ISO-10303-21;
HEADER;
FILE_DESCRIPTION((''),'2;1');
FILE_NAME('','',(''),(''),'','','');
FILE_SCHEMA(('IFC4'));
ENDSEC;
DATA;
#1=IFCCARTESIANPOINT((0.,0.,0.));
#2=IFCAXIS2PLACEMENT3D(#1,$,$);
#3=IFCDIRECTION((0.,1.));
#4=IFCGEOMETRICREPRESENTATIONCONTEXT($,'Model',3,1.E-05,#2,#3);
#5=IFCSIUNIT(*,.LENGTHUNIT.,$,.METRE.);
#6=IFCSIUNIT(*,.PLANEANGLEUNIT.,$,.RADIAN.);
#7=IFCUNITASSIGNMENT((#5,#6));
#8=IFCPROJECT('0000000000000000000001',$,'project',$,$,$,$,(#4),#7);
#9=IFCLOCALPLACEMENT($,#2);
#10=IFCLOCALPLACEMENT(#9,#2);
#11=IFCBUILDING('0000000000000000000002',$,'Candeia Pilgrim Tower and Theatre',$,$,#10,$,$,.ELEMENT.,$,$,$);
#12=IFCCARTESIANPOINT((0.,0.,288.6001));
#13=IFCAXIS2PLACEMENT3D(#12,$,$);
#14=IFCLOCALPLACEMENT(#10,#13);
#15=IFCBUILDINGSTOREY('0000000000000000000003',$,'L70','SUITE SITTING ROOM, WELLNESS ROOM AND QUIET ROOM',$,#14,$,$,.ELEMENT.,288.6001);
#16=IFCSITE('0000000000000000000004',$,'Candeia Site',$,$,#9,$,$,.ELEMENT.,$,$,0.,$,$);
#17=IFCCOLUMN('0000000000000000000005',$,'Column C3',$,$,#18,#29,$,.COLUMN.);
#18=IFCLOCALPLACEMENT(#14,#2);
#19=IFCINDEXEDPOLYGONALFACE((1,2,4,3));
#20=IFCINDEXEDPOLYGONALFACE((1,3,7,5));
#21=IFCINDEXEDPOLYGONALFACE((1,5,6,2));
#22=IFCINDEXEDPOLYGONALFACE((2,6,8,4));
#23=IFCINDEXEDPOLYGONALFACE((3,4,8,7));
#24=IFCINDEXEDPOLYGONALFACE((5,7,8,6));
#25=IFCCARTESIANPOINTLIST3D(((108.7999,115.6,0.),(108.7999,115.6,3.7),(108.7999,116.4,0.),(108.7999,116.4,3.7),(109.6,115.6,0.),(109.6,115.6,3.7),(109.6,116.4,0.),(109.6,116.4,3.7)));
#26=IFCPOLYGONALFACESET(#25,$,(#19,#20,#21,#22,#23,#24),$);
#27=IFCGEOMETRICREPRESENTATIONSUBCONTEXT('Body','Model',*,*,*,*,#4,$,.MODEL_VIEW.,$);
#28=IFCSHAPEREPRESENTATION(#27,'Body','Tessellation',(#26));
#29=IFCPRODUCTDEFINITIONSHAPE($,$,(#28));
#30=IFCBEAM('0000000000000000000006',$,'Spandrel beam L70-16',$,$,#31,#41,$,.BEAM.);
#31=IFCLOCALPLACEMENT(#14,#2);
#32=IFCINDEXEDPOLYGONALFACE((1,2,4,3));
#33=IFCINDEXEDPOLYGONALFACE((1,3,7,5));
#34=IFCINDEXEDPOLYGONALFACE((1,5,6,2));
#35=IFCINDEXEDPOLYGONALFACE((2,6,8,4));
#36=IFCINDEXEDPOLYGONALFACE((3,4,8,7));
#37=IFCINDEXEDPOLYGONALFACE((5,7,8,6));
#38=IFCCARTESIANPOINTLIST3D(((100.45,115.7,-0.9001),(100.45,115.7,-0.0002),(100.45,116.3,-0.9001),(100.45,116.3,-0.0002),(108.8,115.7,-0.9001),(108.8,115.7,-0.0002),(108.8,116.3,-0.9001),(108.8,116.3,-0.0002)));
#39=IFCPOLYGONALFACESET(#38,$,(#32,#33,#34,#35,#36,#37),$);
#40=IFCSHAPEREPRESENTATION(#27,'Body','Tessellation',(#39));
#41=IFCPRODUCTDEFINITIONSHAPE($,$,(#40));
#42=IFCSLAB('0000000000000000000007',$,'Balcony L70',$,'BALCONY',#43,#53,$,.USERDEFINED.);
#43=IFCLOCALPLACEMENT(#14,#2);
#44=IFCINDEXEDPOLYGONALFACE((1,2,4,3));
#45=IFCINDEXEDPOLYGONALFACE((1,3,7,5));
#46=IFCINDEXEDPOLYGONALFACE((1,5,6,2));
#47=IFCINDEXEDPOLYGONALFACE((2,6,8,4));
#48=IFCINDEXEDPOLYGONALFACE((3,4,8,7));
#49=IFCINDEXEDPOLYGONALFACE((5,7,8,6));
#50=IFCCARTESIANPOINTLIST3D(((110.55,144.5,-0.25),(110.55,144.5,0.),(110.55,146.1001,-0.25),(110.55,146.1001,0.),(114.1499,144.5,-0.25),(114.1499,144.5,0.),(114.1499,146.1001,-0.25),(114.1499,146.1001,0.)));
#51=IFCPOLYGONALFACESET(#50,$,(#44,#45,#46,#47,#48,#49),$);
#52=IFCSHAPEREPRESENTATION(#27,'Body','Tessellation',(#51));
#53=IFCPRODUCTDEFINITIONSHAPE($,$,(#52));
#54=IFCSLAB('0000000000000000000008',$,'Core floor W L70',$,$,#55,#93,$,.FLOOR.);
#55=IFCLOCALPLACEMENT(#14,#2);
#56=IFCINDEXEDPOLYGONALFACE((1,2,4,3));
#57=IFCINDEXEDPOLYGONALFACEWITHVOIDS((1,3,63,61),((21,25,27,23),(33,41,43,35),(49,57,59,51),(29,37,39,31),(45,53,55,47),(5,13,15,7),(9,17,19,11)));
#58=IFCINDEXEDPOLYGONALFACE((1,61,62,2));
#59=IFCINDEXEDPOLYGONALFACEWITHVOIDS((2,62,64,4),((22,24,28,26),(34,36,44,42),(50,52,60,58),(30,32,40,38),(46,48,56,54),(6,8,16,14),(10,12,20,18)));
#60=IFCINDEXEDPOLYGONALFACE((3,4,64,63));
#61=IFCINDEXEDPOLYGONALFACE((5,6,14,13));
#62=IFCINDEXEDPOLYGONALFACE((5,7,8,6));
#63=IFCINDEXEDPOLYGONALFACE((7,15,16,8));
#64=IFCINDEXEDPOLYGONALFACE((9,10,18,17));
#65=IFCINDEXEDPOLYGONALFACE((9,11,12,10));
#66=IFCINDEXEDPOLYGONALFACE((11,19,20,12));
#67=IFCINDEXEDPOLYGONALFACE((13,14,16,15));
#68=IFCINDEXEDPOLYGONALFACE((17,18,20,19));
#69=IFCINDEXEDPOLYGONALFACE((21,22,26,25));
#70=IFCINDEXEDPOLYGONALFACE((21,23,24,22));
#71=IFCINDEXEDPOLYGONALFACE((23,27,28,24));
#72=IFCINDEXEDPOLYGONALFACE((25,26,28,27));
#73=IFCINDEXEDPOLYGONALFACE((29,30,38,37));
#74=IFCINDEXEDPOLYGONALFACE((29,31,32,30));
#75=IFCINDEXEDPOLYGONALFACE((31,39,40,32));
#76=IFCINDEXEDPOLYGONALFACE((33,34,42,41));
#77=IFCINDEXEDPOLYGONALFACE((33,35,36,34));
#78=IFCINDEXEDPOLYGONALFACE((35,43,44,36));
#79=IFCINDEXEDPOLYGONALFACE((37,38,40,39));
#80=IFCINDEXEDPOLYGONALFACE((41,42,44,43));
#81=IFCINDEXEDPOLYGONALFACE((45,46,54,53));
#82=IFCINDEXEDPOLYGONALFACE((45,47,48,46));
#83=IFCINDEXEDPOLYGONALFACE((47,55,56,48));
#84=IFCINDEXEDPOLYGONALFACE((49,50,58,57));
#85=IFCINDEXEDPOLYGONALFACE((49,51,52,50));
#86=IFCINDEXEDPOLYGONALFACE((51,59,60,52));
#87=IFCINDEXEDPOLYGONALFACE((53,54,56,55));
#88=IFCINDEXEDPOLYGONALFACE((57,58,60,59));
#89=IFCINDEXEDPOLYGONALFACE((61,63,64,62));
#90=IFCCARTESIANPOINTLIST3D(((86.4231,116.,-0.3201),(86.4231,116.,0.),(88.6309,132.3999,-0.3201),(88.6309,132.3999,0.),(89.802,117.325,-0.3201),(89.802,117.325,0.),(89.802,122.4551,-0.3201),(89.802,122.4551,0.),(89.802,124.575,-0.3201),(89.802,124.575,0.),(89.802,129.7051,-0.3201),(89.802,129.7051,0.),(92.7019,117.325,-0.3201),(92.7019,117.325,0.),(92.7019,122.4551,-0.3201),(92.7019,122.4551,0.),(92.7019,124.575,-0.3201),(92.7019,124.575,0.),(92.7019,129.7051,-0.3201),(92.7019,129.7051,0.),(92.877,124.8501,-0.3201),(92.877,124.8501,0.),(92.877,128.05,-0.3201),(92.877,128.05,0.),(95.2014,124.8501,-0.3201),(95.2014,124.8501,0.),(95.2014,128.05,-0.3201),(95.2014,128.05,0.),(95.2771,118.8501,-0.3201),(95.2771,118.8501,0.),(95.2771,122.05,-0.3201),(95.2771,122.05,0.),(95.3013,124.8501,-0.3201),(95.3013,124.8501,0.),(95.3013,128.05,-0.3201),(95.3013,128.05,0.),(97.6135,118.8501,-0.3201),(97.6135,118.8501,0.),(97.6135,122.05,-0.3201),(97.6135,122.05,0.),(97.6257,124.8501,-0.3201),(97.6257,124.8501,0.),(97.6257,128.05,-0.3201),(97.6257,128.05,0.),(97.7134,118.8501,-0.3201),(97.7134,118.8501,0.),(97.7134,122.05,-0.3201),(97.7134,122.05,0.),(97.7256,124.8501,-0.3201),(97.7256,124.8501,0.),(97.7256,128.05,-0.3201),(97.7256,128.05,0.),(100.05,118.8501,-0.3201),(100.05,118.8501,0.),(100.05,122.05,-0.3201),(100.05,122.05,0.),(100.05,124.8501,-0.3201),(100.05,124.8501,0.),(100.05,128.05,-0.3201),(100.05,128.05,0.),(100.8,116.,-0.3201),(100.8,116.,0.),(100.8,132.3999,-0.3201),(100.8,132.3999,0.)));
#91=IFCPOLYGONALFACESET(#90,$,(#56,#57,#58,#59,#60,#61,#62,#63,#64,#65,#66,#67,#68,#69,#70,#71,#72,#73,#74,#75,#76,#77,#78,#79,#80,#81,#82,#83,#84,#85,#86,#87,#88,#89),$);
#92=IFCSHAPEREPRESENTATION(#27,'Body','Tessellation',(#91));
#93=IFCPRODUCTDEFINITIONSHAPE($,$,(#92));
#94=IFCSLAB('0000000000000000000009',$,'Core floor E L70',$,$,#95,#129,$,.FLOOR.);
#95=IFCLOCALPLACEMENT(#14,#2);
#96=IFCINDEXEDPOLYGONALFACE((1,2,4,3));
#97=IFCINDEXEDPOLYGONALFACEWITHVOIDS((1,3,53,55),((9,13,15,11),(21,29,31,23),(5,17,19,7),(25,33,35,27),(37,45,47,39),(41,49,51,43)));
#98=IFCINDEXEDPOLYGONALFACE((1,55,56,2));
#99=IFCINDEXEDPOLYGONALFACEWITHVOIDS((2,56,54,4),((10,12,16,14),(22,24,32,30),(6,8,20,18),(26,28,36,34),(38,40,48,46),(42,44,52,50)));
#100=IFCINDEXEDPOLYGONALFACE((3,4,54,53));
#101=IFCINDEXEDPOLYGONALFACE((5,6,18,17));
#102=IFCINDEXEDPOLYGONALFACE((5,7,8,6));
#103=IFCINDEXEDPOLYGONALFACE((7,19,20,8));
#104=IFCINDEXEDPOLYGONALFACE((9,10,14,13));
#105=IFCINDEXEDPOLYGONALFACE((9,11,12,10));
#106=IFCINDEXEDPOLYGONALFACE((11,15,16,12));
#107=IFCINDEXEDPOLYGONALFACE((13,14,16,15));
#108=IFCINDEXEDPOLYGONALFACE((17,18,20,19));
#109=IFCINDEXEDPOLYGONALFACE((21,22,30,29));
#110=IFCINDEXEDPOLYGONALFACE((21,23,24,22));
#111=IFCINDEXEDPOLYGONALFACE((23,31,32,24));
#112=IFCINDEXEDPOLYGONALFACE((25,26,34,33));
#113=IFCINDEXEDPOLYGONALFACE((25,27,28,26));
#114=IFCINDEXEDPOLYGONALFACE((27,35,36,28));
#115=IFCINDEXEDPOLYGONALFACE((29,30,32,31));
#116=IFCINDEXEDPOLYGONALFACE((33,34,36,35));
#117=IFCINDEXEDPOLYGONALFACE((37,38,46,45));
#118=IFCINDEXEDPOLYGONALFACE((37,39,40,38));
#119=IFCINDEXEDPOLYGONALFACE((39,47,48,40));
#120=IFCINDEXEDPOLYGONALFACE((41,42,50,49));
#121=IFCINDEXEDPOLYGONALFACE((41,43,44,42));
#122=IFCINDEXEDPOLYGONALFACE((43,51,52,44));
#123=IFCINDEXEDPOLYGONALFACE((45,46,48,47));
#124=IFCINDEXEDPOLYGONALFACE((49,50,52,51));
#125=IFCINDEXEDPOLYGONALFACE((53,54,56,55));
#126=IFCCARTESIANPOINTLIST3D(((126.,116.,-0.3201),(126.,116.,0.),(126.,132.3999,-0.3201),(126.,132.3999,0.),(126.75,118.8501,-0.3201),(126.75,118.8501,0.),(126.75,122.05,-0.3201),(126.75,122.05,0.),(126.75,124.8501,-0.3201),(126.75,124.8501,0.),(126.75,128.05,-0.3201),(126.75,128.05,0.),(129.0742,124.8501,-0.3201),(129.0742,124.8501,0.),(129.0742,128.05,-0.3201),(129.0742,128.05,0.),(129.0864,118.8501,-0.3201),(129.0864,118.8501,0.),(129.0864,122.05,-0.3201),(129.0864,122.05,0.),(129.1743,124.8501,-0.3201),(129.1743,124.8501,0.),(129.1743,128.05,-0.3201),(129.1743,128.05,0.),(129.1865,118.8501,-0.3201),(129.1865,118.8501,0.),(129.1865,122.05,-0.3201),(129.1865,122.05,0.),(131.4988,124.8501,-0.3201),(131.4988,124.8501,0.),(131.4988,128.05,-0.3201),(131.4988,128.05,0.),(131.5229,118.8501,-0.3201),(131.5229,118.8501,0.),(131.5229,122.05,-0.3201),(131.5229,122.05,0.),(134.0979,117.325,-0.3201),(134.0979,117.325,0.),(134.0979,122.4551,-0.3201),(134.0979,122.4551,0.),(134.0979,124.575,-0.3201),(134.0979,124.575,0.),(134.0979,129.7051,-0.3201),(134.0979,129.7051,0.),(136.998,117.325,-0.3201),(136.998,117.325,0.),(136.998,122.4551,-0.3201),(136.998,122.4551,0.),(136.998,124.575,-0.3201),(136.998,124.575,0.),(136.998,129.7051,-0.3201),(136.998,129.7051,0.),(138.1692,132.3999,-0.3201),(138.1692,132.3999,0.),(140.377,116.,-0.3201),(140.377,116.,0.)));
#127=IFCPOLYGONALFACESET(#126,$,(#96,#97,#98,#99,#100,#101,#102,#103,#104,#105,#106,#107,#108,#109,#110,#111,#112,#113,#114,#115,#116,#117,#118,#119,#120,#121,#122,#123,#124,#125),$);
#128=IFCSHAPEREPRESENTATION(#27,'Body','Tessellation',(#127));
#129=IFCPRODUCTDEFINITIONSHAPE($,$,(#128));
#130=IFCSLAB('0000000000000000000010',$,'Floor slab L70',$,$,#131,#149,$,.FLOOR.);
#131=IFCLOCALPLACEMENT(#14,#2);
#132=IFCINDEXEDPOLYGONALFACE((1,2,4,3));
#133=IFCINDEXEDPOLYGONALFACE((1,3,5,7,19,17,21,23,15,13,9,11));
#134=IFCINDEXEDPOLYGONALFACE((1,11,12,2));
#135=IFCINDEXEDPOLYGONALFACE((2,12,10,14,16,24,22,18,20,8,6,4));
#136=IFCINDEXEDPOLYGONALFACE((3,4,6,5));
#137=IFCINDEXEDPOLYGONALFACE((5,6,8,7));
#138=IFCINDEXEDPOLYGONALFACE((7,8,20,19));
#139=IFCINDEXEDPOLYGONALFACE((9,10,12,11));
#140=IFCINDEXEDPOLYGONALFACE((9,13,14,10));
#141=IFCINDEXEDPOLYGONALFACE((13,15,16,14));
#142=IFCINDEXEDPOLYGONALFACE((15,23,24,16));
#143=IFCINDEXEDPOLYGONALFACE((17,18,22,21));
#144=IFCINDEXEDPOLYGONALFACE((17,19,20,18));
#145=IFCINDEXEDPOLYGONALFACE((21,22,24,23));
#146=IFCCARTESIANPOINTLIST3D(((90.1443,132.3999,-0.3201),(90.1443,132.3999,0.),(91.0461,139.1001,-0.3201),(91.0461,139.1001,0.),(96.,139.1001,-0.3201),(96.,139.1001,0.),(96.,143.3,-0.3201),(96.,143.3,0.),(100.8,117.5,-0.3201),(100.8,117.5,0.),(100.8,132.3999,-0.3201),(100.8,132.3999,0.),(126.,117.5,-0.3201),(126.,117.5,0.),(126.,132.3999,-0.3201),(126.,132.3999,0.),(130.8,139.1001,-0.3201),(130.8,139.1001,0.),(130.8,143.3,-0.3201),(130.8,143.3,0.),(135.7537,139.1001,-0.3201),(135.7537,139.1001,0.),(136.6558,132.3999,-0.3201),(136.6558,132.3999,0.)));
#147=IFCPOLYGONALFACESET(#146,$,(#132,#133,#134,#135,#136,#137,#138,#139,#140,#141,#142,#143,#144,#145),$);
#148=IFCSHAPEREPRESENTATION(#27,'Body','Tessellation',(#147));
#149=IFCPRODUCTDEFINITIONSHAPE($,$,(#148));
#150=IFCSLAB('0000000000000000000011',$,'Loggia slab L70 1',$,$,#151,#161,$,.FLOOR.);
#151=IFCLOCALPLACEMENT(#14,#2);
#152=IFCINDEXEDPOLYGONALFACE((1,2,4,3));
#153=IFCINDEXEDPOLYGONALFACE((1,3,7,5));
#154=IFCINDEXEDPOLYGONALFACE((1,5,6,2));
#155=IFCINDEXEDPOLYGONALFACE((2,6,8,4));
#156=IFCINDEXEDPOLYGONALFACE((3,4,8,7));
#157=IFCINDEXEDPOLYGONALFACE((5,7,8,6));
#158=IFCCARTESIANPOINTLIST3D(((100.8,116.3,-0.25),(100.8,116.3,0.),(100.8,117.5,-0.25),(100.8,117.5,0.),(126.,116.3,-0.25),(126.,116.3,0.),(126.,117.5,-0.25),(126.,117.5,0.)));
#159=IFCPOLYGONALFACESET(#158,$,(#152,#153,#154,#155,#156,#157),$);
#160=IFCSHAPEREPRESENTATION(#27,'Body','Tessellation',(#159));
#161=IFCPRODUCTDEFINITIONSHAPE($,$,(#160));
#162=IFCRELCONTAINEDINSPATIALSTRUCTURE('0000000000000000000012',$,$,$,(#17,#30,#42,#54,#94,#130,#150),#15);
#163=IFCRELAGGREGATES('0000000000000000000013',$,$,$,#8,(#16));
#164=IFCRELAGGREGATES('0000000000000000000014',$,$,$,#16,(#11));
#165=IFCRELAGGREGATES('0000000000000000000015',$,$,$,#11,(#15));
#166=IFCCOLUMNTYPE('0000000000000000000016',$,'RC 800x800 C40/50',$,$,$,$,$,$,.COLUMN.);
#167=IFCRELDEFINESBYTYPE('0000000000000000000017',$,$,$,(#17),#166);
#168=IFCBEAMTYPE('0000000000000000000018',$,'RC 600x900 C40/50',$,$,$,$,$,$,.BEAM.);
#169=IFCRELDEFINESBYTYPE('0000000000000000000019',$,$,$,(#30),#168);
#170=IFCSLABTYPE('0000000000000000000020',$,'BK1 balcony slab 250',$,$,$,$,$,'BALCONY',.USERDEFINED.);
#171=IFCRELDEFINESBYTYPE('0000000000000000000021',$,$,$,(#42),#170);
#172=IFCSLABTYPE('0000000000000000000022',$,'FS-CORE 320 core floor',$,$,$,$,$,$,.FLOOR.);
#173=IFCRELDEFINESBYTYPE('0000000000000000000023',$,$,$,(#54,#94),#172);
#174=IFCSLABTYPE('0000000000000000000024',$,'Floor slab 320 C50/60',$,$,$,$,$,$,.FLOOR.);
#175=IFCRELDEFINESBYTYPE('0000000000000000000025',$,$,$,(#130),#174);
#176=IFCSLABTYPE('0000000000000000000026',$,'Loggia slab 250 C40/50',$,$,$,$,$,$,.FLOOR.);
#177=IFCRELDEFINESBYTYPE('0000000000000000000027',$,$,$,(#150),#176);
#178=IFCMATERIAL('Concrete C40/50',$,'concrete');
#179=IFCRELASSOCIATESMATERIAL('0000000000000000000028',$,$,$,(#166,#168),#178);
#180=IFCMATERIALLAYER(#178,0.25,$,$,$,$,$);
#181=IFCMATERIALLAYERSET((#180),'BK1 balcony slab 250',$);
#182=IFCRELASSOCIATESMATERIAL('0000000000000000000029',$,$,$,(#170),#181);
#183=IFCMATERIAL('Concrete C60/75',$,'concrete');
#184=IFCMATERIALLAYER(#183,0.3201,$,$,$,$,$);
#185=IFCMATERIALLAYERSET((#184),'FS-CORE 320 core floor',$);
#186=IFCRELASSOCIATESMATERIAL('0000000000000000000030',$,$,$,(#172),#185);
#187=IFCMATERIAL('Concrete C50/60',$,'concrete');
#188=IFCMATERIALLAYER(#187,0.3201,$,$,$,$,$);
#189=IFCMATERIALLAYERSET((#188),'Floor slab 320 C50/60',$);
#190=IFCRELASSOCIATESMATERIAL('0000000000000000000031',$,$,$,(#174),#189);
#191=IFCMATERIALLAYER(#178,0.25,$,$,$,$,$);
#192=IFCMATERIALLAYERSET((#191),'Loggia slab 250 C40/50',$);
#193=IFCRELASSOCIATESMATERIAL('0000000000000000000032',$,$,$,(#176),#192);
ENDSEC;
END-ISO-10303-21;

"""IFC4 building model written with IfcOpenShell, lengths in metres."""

from ifc_helpers import new_model, si_unit, direction, frame, origin, origin_2d, place, context, subcontext, project, spatial, polyline, rectangle, outline, extrude, material, layer, layer_set, material_profile, profile_set, type_object, element, save


model = new_model("IFC4")

# Units and contexts
model_context = context("Model", 3, precision=1e-05, world=origin(), true_north=direction((0.0, 1.0)))
body_context = subcontext(model_context, "Body", "Model", "MODEL_VIEW")
ifc_project = project(units=[si_unit("LENGTHUNIT", "METRE"), si_unit("PLANEANGLEUNIT", "RADIAN")], contexts=[model_context])

# Site, building, storey
site_placement = place(None, origin())
site = spatial("IfcSite", under=ifc_project, at=site_placement, Name="Candeia Site", CompositionType="ELEMENT", RefElevation=0.0)
building_placement = place(site_placement, origin())
building = spatial("IfcBuilding", under=site, at=building_placement, Name="Candeia Pilgrim Tower and Theatre", CompositionType="ELEMENT")
storey_placement = place(building_placement, frame((0.0, 0.0, 288.6001)))
storey = spatial("IfcBuildingStorey", under=building, at=storey_placement, Name="L70", Description="SUITE SITTING ROOM, WELLNESS ROOM AND QUIET ROOM", CompositionType="ELEMENT", Elevation=288.6001)

# Column
ifc_material_1 = material(Name="Concrete C40/50", Category="concrete")
ifc_material_profile_1 = material_profile(ifc_material_1, rectangle(XDim=0.8, YDim=0.8, at=origin_2d()))
ifc_profile_set_1 = profile_set([ifc_material_profile_1], Name="Concrete C40/50")
column_type = type_object("IfcColumnType", Name="RC 800x800 C40/50", PredefinedType="COLUMN", material=ifc_profile_set_1)
column_placement = place(storey_placement, frame((109.2, 116.0, 0.0), z_axis=(0.0, 0.0, 1.0), x_axis=(1.0, 0.0, 0.0)))
element("IfcColumn", 1, at=column_placement, inside=storey, type_object=column_type, Name="Column C3", PredefinedType="COLUMN", context=body_context, shape_type="SweptSolid", body=[
    extrude(rectangle(XDim=0.8, YDim=0.8, at=origin_2d()), origin(), (0.0, 0.0, 1.0), 3.7),
])

# Beam
ifc_material_profile_2 = material_profile(ifc_material_1, rectangle(XDim=0.6001, YDim=0.8999, at=origin_2d()))
ifc_profile_set_2 = profile_set([ifc_material_profile_2], Name="Concrete C40/50")
beam_type = type_object("IfcBeamType", Name="RC 600x900 C40/50", PredefinedType="BEAM", material=ifc_profile_set_2)
beam_placement = place(storey_placement, frame((108.8, 116.0, -0.4502), z_axis=(-1.0, 0.0, 0.0), x_axis=(0.0, -1.0, 0.0)))
element("IfcBeam", 2, at=beam_placement, inside=storey, type_object=beam_type, Name="Spandrel beam L70-16", PredefinedType="BEAM", context=body_context, shape_type="SweptSolid", body=[
    extrude(rectangle(XDim=0.6001, YDim=0.8999, at=origin_2d()), origin(), (0.0, 0.0, 1.0), 8.3501),
])

# Slabs
ifc_layer_1 = layer(ifc_material_1, 0.25)
ifc_layer_set_1 = layer_set([ifc_layer_1], Name="BK1 balcony slab 250")
slab_type_1 = type_object("IfcSlabType", Name="BK1 balcony slab 250", ElementType="BALCONY", PredefinedType="USERDEFINED", material=ifc_layer_set_1)
slab_1_placement = place(storey_placement, frame((0.0, 0.0, -0.25)))
element("IfcSlab", 3, at=slab_1_placement, inside=storey, type_object=slab_type_1, Name="Balcony L70", ObjectType="BALCONY", PredefinedType="USERDEFINED", context=body_context, shape_type="SweptSolid", body=[
    extrude(outline(polyline([(110.55, 144.5), (114.1499, 144.5), (114.1499, 146.1001), (110.55, 146.1001), (110.55, 144.5)])), origin(), (0.0, 0.0, 1.0), 0.25),
])
ifc_material_2 = material(Name="Concrete C60/75", Category="concrete")
ifc_layer_2 = layer(ifc_material_2, 0.3201)
ifc_layer_set_2 = layer_set([ifc_layer_2], Name="FS-CORE 320 core floor")
slab_type_2 = type_object("IfcSlabType", Name="FS-CORE 320 core floor", PredefinedType="FLOOR", material=ifc_layer_set_2)
slab_2_placement = place(storey_placement, frame((0.0, 0.0, -0.3201)))
element("IfcSlab", 4, at=slab_2_placement, inside=storey, type_object=slab_type_2, Name="Core floor W L70", PredefinedType="FLOOR", context=body_context, shape_type="SweptSolid", body=[
    extrude(outline(polyline([(100.8, 132.3999), (100.8, 116.0), (86.4231, 116.0), (88.6309, 132.3999), (100.8, 132.3999)]), holes=[polyline([(97.7134, 122.05), (97.7134, 118.8501), (100.05, 118.8501), (100.05, 122.05), (97.7134, 122.05)]), polyline([(97.7256, 128.05), (97.7256, 124.8501), (100.05, 124.8501), (100.05, 128.05), (97.7256, 128.05)]), polyline([(95.3013, 128.05), (95.3013, 124.8501), (97.6257, 124.8501), (97.6257, 128.05), (95.3013, 128.05)]), polyline([(95.2771, 122.05), (95.2771, 118.8501), (97.6135, 118.8501), (97.6135, 122.05), (95.2771, 122.05)]), polyline([(92.877, 128.05), (92.877, 124.8501), (95.2014, 124.8501), (95.2014, 128.05), (92.877, 128.05)]), polyline([(89.802, 117.325), (92.7019, 117.325), (92.7019, 122.4551), (89.802, 122.4551), (89.802, 117.325)]), polyline([(89.802, 129.7051), (89.802, 124.575), (92.7019, 124.575), (92.7019, 129.7051), (89.802, 129.7051)])]), origin(), (0.0, 0.0, 1.0), 0.3201),
])
slab_3_placement = place(storey_placement, frame((0.0, 0.0, -0.3201)))
element("IfcSlab", 5, at=slab_3_placement, inside=storey, type_object=slab_type_2, Name="Core floor E L70", PredefinedType="FLOOR", context=body_context, shape_type="SweptSolid", body=[
    extrude(outline(polyline([(138.1692, 132.3999), (140.377, 116.0), (126.0, 116.0), (126.0, 132.3999), (138.1692, 132.3999)]), holes=[polyline([(134.0979, 117.325), (136.998, 117.325), (136.998, 122.4551), (134.0979, 122.4551), (134.0979, 117.325)]), polyline([(134.0979, 129.7051), (134.0979, 124.575), (136.998, 124.575), (136.998, 129.7051), (134.0979, 129.7051)]), polyline([(131.5229, 122.05), (129.1865, 122.05), (129.1865, 118.8501), (131.5229, 118.8501), (131.5229, 122.05)]), polyline([(131.4988, 128.05), (129.1743, 128.05), (129.1743, 124.8501), (131.4988, 124.8501), (131.4988, 128.05)]), polyline([(129.0864, 122.05), (126.75, 122.05), (126.75, 118.8501), (129.0864, 118.8501), (129.0864, 122.05)]), polyline([(126.75, 128.05), (126.75, 124.8501), (129.0742, 124.8501), (129.0742, 128.05), (126.75, 128.05)])]), origin(), (0.0, 0.0, 1.0), 0.3201),
])
ifc_material_3 = material(Name="Concrete C50/60", Category="concrete")
ifc_layer_3 = layer(ifc_material_3, 0.3201)
ifc_layer_set_3 = layer_set([ifc_layer_3], Name="Floor slab 320 C50/60")
slab_type_3 = type_object("IfcSlabType", Name="Floor slab 320 C50/60", PredefinedType="FLOOR", material=ifc_layer_set_3)
slab_4_placement = place(storey_placement, frame((0.0, 0.0, -0.3201)))
element("IfcSlab", 6, at=slab_4_placement, inside=storey, type_object=slab_type_3, Name="Floor slab L70", PredefinedType="FLOOR", context=body_context, shape_type="SweptSolid", body=[
    extrude(outline(polyline([(96.0, 139.1001), (96.0, 143.3), (130.8, 143.3), (130.8, 139.1001), (135.7537, 139.1001), (136.6558, 132.3999), (126.0, 132.3999), (126.0, 117.5), (100.8, 117.5), (100.8, 132.3999), (90.1443, 132.3999), (91.0461, 139.1001), (96.0, 139.1001)])), origin(), (0.0, 0.0, 1.0), 0.3201),
])
ifc_layer_4 = layer(ifc_material_1, 0.25)
ifc_layer_set_4 = layer_set([ifc_layer_4], Name="Loggia slab 250 C40/50")
slab_type_4 = type_object("IfcSlabType", Name="Loggia slab 250 C40/50", PredefinedType="FLOOR", material=ifc_layer_set_4)
slab_5_placement = place(storey_placement, frame((0.0, 0.0, -0.25)))
element("IfcSlab", 7, at=slab_5_placement, inside=storey, type_object=slab_type_4, Name="Loggia slab L70 1", PredefinedType="FLOOR", context=body_context, shape_type="SweptSolid", body=[
    extrude(outline(polyline([(100.8, 117.5), (126.0, 117.5), (126.0, 116.3), (100.8, 116.3), (100.8, 117.5)])), origin(), (0.0, 0.0, 1.0), 0.25),
])

save(model, "model.ifc")
